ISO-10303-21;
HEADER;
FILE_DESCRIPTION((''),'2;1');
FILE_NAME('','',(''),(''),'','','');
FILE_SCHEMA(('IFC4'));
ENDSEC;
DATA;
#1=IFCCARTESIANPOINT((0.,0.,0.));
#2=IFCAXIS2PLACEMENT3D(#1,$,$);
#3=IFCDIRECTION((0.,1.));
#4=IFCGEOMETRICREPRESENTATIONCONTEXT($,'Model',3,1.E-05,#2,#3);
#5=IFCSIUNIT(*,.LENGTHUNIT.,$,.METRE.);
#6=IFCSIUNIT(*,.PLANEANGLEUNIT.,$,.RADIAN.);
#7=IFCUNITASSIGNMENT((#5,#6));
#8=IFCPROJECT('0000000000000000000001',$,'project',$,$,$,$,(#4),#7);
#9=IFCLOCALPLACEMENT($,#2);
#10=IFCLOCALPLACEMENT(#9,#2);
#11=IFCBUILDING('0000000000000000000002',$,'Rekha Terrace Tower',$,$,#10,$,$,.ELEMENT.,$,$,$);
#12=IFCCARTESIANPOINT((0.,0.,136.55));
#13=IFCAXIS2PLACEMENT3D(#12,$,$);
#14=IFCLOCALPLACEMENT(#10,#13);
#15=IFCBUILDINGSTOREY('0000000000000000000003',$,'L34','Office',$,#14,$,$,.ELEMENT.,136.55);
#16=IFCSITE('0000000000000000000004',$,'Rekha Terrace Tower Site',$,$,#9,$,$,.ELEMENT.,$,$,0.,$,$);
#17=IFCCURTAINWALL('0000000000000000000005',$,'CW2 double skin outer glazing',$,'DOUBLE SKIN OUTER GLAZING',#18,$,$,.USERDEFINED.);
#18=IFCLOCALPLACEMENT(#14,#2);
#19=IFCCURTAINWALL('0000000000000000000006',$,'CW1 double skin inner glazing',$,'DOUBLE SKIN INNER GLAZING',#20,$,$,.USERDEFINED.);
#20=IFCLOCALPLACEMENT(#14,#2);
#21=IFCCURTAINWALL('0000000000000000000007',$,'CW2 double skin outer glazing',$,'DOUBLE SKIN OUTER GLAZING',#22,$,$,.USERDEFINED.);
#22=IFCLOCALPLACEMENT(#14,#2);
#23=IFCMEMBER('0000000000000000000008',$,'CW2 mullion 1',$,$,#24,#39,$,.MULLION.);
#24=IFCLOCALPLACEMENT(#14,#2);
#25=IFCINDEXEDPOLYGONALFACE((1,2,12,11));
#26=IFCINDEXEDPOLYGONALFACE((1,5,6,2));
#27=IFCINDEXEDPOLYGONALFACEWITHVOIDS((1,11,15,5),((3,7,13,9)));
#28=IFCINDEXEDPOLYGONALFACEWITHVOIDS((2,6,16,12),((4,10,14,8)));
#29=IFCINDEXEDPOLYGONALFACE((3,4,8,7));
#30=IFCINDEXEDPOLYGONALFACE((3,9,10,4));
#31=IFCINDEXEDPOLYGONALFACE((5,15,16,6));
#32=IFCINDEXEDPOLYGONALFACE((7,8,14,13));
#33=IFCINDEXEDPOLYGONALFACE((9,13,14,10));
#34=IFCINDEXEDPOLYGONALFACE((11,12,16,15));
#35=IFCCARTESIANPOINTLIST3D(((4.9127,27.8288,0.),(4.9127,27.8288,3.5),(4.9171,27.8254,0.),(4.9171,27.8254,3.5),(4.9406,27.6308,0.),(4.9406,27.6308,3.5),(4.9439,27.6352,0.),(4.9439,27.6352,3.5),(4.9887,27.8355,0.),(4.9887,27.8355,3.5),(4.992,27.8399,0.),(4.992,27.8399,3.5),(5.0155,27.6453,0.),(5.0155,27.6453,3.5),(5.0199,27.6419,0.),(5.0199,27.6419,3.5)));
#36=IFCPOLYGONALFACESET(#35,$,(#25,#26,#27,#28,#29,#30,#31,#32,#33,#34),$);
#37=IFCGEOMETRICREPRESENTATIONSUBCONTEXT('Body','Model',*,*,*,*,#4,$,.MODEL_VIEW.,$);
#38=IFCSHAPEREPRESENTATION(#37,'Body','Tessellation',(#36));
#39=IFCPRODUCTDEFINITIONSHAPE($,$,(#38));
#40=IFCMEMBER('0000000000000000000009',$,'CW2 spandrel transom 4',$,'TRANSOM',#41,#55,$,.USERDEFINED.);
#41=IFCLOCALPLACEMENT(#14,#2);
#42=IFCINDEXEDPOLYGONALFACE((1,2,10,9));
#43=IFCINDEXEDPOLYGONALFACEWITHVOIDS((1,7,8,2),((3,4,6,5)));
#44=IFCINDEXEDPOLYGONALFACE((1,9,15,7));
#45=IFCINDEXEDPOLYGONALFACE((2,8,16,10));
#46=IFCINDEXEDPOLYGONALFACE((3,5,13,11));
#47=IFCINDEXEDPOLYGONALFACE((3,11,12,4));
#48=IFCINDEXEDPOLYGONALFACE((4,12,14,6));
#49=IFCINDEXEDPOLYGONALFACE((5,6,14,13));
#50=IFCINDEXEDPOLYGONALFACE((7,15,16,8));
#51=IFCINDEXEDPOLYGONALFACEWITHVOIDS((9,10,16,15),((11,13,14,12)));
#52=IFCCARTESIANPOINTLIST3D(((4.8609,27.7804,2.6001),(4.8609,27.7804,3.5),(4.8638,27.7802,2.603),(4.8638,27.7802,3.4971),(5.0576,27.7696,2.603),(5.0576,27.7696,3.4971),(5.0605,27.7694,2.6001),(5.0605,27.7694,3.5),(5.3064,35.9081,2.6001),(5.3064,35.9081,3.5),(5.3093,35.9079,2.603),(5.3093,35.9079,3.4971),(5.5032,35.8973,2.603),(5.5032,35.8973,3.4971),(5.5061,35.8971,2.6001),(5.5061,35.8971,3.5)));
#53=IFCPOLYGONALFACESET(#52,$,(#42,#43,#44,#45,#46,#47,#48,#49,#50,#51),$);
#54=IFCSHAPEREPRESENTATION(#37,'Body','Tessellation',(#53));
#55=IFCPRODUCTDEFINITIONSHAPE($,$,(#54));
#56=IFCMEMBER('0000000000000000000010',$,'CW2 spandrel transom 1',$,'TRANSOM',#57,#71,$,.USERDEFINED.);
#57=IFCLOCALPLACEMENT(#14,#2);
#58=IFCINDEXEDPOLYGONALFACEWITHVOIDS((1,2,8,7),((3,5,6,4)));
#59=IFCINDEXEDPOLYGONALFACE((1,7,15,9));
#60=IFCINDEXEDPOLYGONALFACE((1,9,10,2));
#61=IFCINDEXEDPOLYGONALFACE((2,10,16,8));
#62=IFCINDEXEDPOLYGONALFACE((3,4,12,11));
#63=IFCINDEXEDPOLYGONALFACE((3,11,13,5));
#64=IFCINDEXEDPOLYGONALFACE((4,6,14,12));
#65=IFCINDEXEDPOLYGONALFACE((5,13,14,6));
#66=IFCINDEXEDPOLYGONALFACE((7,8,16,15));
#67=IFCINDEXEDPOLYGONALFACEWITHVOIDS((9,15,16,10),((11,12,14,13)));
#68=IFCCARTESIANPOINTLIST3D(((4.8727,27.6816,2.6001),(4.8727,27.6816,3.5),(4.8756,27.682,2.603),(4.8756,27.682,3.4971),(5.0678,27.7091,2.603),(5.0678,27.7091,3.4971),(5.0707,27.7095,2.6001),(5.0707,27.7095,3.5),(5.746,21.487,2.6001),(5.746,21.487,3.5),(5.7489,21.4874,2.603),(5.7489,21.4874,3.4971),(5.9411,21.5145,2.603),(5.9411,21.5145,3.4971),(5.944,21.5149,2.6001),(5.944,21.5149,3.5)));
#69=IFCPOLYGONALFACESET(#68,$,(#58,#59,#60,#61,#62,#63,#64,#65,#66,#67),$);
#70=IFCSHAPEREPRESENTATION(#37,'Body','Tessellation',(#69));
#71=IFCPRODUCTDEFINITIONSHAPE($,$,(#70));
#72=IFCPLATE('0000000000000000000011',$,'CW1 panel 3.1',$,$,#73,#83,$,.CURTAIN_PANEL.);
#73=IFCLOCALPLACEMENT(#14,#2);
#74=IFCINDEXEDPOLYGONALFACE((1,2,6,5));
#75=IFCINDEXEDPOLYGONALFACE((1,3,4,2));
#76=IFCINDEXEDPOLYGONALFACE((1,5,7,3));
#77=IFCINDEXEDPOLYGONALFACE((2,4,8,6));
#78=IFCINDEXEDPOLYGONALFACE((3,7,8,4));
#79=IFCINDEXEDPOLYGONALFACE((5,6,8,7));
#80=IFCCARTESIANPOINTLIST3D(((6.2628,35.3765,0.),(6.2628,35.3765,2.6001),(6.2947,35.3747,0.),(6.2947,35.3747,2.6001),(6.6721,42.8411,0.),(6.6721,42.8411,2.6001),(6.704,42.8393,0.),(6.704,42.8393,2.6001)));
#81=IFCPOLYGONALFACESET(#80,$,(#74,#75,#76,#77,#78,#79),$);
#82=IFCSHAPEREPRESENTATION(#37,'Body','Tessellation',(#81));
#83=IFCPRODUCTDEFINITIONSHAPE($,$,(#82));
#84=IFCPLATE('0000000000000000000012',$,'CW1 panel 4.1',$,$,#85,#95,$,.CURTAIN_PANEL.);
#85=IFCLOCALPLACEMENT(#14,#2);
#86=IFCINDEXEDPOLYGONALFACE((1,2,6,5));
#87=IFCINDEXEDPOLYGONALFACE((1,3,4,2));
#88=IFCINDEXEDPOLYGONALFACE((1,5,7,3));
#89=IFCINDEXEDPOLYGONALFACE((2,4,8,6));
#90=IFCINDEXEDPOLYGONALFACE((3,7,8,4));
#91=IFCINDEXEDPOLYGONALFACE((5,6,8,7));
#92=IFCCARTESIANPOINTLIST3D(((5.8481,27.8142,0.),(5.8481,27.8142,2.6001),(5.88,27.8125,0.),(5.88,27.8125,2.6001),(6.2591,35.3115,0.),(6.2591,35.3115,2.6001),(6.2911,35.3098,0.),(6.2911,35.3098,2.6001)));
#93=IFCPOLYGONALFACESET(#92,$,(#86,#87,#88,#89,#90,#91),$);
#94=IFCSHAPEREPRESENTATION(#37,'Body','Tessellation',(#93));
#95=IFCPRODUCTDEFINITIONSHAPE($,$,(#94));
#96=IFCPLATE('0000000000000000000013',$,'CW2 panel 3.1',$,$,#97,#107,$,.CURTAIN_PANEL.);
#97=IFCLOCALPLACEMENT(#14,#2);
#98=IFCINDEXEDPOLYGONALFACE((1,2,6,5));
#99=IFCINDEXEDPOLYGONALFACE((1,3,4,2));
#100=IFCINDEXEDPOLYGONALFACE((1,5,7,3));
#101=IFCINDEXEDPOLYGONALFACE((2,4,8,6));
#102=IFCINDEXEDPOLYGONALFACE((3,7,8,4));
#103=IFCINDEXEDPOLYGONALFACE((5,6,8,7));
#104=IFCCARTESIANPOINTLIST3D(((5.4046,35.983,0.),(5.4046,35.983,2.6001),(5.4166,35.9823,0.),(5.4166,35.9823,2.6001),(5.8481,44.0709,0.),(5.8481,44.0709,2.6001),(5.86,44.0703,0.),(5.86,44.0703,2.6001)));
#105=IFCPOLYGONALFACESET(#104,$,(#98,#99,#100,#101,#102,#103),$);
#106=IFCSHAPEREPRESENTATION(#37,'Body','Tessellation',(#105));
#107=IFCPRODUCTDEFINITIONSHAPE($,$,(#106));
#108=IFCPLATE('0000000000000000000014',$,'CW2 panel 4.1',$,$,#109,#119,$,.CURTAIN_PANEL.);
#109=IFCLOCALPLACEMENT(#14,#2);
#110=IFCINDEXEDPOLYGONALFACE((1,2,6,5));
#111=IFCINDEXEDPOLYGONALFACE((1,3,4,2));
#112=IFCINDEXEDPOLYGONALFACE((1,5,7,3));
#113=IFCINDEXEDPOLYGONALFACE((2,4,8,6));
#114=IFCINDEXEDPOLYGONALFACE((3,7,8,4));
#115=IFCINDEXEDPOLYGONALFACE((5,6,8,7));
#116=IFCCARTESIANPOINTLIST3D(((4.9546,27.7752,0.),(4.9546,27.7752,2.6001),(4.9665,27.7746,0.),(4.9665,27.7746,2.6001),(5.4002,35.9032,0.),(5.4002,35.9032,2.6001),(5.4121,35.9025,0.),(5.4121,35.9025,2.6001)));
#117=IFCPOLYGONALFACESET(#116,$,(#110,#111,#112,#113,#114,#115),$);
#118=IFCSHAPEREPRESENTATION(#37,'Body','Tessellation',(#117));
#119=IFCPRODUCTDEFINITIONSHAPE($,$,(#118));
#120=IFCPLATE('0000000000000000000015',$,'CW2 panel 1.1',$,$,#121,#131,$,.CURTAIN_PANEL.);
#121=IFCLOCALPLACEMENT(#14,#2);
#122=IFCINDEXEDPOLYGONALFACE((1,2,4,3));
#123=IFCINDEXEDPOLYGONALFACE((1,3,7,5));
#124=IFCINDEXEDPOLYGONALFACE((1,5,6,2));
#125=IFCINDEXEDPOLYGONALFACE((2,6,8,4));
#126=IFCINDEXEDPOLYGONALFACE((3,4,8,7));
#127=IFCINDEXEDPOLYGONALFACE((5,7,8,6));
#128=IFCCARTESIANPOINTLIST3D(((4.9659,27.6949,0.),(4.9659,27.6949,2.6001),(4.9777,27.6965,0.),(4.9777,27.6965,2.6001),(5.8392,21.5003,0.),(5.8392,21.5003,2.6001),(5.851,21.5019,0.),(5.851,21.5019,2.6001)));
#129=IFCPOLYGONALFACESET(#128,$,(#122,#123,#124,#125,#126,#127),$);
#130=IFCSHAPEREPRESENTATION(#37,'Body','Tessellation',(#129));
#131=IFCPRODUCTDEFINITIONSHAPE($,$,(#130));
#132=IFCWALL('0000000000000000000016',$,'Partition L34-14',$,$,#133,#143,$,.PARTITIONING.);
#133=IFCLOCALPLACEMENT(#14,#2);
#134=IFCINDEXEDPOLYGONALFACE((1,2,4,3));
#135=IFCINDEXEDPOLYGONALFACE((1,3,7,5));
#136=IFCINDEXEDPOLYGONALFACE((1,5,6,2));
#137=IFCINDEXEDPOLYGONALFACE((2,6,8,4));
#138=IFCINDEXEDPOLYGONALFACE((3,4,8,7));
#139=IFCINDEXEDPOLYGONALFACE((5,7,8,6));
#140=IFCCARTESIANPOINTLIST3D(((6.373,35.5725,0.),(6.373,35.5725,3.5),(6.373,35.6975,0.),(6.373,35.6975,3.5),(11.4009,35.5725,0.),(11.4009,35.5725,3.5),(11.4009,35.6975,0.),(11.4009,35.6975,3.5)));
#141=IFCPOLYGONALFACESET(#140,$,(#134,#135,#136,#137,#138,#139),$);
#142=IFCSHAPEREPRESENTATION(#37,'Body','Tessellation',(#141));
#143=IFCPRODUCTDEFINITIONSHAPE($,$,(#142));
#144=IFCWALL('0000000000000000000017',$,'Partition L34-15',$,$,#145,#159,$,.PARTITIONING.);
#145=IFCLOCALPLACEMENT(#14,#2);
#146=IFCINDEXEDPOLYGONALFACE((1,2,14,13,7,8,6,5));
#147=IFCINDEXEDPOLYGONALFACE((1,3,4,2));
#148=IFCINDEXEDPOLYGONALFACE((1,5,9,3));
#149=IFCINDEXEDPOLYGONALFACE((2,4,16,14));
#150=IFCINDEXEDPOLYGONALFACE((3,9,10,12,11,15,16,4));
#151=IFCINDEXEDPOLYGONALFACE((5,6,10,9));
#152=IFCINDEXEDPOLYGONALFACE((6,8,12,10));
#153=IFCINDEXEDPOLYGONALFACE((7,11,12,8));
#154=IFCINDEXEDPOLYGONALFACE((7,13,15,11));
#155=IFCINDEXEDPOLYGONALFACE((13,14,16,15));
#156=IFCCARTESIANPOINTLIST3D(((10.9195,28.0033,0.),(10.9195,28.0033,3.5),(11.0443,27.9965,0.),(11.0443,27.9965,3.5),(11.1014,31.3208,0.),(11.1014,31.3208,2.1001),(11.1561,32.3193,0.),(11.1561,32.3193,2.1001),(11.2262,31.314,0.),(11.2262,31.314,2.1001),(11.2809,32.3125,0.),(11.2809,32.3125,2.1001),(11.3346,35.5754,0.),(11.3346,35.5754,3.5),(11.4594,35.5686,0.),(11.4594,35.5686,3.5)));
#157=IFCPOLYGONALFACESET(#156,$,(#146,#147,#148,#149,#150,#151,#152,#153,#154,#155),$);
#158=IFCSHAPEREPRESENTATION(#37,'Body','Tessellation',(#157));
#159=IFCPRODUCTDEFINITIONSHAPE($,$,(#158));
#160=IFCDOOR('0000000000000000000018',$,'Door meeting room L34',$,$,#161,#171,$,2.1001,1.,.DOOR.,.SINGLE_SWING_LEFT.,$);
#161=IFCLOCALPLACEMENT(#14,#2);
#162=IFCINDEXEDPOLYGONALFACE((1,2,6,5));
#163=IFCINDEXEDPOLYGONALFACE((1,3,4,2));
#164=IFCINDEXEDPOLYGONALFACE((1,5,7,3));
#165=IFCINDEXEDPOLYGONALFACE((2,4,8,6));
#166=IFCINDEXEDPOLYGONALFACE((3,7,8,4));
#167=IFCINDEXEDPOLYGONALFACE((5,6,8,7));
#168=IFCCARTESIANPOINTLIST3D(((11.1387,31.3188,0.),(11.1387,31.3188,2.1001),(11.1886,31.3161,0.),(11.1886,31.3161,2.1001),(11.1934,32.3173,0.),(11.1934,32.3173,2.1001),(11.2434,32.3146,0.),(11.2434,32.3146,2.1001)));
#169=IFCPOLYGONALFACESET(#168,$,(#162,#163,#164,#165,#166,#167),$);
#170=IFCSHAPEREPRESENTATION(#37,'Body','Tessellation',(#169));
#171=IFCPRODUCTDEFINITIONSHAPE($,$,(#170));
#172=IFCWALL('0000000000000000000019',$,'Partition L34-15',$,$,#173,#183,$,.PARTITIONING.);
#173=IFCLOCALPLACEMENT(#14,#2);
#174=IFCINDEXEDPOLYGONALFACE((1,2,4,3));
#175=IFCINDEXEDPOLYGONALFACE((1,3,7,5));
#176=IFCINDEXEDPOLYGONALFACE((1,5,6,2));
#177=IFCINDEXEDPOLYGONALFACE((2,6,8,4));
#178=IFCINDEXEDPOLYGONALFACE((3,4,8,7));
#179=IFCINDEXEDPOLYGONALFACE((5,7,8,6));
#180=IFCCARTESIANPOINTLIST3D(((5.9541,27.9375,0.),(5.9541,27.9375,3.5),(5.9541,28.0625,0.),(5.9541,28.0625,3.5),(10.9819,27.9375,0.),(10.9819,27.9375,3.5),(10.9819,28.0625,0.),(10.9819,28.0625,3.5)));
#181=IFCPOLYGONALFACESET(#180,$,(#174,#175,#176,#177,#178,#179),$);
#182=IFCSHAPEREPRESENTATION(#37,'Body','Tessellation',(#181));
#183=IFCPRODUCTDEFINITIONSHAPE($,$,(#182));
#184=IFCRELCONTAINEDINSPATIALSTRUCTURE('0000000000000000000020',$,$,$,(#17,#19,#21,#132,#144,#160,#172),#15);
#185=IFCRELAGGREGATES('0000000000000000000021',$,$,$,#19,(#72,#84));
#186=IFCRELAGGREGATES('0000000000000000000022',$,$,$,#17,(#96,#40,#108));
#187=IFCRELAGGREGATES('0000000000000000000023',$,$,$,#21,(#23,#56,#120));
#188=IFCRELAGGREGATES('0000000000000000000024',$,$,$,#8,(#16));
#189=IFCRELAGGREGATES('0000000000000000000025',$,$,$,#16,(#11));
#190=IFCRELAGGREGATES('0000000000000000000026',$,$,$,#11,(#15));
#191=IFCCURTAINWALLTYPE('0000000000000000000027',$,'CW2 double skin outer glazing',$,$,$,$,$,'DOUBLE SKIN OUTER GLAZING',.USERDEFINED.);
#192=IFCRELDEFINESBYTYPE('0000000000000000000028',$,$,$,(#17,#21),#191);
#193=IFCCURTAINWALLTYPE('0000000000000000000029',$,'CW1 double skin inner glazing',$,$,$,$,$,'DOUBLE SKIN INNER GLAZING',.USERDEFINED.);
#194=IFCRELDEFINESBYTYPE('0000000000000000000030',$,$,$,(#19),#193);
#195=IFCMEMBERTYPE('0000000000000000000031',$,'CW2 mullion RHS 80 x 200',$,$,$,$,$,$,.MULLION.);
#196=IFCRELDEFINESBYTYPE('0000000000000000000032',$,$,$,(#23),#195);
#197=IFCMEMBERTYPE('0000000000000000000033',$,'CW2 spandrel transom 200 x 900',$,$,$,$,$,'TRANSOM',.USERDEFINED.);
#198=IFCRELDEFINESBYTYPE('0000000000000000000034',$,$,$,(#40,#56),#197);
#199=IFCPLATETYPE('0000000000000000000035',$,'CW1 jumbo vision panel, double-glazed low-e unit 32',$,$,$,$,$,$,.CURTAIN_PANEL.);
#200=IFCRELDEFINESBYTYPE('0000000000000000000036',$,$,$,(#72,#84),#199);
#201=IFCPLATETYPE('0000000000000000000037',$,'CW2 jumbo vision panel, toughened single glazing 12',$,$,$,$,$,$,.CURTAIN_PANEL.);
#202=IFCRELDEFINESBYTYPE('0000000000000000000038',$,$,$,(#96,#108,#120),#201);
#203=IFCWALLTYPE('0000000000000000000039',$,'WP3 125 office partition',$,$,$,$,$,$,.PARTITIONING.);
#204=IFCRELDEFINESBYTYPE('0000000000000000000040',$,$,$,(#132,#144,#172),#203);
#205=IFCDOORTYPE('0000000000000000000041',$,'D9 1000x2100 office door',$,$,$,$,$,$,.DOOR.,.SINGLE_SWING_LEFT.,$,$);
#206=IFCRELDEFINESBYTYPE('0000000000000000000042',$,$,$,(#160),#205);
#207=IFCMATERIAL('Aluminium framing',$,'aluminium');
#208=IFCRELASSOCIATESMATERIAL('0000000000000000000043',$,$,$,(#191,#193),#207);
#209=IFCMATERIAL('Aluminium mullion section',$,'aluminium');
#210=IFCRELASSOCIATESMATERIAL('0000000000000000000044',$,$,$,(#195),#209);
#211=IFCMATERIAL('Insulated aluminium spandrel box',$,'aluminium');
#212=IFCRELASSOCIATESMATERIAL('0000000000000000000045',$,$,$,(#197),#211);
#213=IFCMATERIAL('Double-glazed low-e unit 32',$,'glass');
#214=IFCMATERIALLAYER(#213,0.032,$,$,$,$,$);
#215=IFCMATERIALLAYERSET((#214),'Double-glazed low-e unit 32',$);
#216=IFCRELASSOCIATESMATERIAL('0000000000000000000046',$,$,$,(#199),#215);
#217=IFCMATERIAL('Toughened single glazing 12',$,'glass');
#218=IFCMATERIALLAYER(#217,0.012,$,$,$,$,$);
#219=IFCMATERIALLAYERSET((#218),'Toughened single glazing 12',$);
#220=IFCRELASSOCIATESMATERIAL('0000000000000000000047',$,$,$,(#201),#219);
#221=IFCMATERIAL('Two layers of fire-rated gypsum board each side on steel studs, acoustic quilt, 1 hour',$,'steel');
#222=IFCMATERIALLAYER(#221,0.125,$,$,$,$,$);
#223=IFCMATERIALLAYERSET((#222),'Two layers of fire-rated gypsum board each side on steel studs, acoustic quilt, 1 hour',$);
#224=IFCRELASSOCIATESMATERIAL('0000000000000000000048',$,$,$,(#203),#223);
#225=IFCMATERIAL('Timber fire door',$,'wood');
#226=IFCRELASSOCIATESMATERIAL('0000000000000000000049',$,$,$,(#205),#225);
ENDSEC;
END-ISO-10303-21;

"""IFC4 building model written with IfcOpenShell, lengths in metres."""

from ifc_helpers import new_model, si_unit, direction, frame, frame_2d, origin, origin_2d, place, context, subcontext, project, spatial, rectangle, hollow_rectangle, extrude, material, layer, layer_set, material_profile, profile_set, type_object, element, fill, aggregate, save


model = new_model("IFC4")

# Units and contexts
model_context = context("Model", 3, precision=1e-05, world=origin(), true_north=direction((0.0, 1.0)))
body_context = subcontext(model_context, "Body", "Model", "MODEL_VIEW")
ifc_project = project(units=[si_unit("LENGTHUNIT", "METRE"), si_unit("PLANEANGLEUNIT", "RADIAN")], contexts=[model_context])

# Site, building, storey
site_placement = place(None, origin())
site = spatial("IfcSite", under=ifc_project, at=site_placement, Name="Rekha Terrace Tower Site", CompositionType="ELEMENT", RefElevation=0.0)
building_placement = place(site_placement, origin())
building = spatial("IfcBuilding", under=site, at=building_placement, Name="Rekha Terrace Tower", CompositionType="ELEMENT")
storey_placement = place(building_placement, frame((0.0, 0.0, 136.55)))
storey = spatial("IfcBuildingStorey", under=building, at=storey_placement, Name="L34", Description="Office", CompositionType="ELEMENT", Elevation=136.55)

# Curtain walls
ifc_material_1 = material(Name="Aluminium framing", Category="aluminium")
curtain_wall_type_1 = type_object("IfcCurtainWallType", Name="CW2 double skin outer glazing", ElementType="DOUBLE SKIN OUTER GLAZING", PredefinedType="USERDEFINED", material=ifc_material_1)
curtain_wall_1_placement = place(storey_placement, origin())
curtain_wall_1 = element("IfcCurtainWall", 1, at=curtain_wall_1_placement, inside=storey, type_object=curtain_wall_type_1, Name="CW2 double skin outer glazing", ObjectType="DOUBLE SKIN OUTER GLAZING", PredefinedType="USERDEFINED")
curtain_wall_type_2 = type_object("IfcCurtainWallType", Name="CW1 double skin inner glazing", ElementType="DOUBLE SKIN INNER GLAZING", PredefinedType="USERDEFINED", material=ifc_material_1)
curtain_wall_2_placement = place(storey_placement, origin())
curtain_wall_2 = element("IfcCurtainWall", 2, at=curtain_wall_2_placement, inside=storey, type_object=curtain_wall_type_2, Name="CW1 double skin inner glazing", ObjectType="DOUBLE SKIN INNER GLAZING", PredefinedType="USERDEFINED")
ifc_material_2 = material(Name="Aluminium mullion section", Category="aluminium")

# Shared definitions
ifc_material_3 = material(Name="Insulated aluminium spandrel box", Category="aluminium")
ifc_material_profile_1 = material_profile(ifc_material_2, hollow_rectangle(XDim=0.0801, YDim=0.2, WallThickness=0.0039, at=origin_2d()), Name="AL RHS 80x200")
ifc_profile_set_1 = profile_set([ifc_material_profile_1], Name="Aluminium mullion section")
member_type_1 = type_object("IfcMemberType", Name="CW2 mullion RHS 80 x 200", PredefinedType="MULLION", material=ifc_profile_set_1)

# Curtain wall, member
curtain_wall_3_placement = place(storey_placement, origin())
curtain_wall_3 = element("IfcCurtainWall", 3, at=curtain_wall_3_placement, inside=storey, type_object=curtain_wall_type_1, Name="CW2 double skin outer glazing", ObjectType="DOUBLE SKIN OUTER GLAZING", PredefinedType="USERDEFINED")
member_1_placement = place(storey_placement, frame((4.9663, 27.7354, 0.0), z_axis=(0.0, 0.0, 1.0), x_axis=(0.990208, 0.139597, 0.0)))
member_1 = element("IfcMember", 4, at=member_1_placement, type_object=member_type_1, Name="CW2 mullion 1", PredefinedType="MULLION", context=body_context, shape_type="SweptSolid", body=[
    extrude(hollow_rectangle(XDim=0.0801, YDim=0.2, WallThickness=0.0039, at=origin_2d()), origin(), (0.0, 0.0, 1.0), 3.5),
])

# Members
ifc_material_profile_2 = material_profile(ifc_material_3, hollow_rectangle(XDim=0.2, YDim=0.8999, WallThickness=0.0029, at=origin_2d()), Name="AL SPANDREL BOX 200x900")
ifc_profile_set_2 = profile_set([ifc_material_profile_2], Name="Insulated aluminium spandrel box")
member_type_2 = type_object("IfcMemberType", Name="CW2 spandrel transom 200 x 900", ElementType="TRANSOM", PredefinedType="USERDEFINED", material=ifc_profile_set_2)
member_2_placement = place(storey_placement, frame((5.4062, 35.9026, 3.05), z_axis=(-0.054737, -0.998501, 0.0), x_axis=(0.998501, -0.054737, 0.0)))
member_2 = element("IfcMember", 5, at=member_2_placement, type_object=member_type_2, Name="CW2 spandrel transom 4", ObjectType="TRANSOM", PredefinedType="USERDEFINED", context=body_context, shape_type="SweptSolid", body=[
    extrude(hollow_rectangle(XDim=0.2, YDim=0.8999, WallThickness=0.0029, at=origin_2d()), origin(), (0.0, 0.0, 1.0), 8.1399),
])
member_3_placement = place(storey_placement, frame((4.9717, 27.6956, 3.05), z_axis=(0.139596, -0.990209, 0.0), x_axis=(0.990209, 0.139596, 0.0)))
member_3 = element("IfcMember", 6, at=member_3_placement, type_object=member_type_2, Name="CW2 spandrel transom 1", ObjectType="TRANSOM", PredefinedType="USERDEFINED", context=body_context, shape_type="SweptSolid", body=[
    extrude(hollow_rectangle(XDim=0.2, YDim=0.8999, WallThickness=0.0029, at=origin_2d()), origin(), (0.0, 0.0, 1.0), 6.2559),
])

# Plates
ifc_material_4 = material(Name="Double-glazed low-e unit 32", Category="glass")
ifc_layer_1 = layer(ifc_material_4, 0.032)
ifc_layer_set_1 = layer_set([ifc_layer_1], Name="Double-glazed low-e unit 32")
plate_type_1 = type_object("IfcPlateType", Name="CW1 jumbo vision panel, double-glazed low-e unit 32", PredefinedType="CURTAIN_PANEL", material=ifc_layer_set_1)
plate_1_placement = place(storey_placement, frame((6.4834, 39.1079, 0.0), z_axis=(0.0, 0.0, 1.0), x_axis=(-0.054742, -0.998501, 0.0)))
plate_1 = element("IfcPlate", 7, at=plate_1_placement, type_object=plate_type_1, Name="CW1 panel 3.1", PredefinedType="CURTAIN_PANEL", context=body_context, shape_type="SweptSolid", body=[
    extrude(rectangle(XDim=7.4758, YDim=0.032, at=origin_2d()), origin(), (0.0, 0.0, 1.0), 2.6001),
])
plate_2_placement = place(storey_placement, frame((6.0696, 31.562, 0.0), z_axis=(0.0, 0.0, 1.0), x_axis=(-0.054742, -0.998501, 0.0)))
plate_2 = element("IfcPlate", 8, at=plate_2_placement, type_object=plate_type_1, Name="CW1 panel 4.1", PredefinedType="CURTAIN_PANEL", context=body_context, shape_type="SweptSolid", body=[
    extrude(rectangle(XDim=7.5085, YDim=0.032, at=origin_2d()), origin(), (0.0, 0.0, 1.0), 2.6001),
])
aggregate(curtain_wall_2, [plate_1, plate_2])
ifc_material_5 = material(Name="Toughened single glazing 12", Category="glass")
ifc_layer_2 = layer(ifc_material_5, 0.012)
ifc_layer_set_2 = layer_set([ifc_layer_2], Name="Toughened single glazing 12")
plate_type_2 = type_object("IfcPlateType", Name="CW2 jumbo vision panel, toughened single glazing 12", PredefinedType="CURTAIN_PANEL", material=ifc_layer_set_2)
plate_3_placement = place(storey_placement, frame((5.6323, 40.0266, 0.0), z_axis=(0.0, 0.0, 1.0), x_axis=(-0.054742, -0.998501, 0.0)))
plate_3 = element("IfcPlate", 9, at=plate_3_placement, type_object=plate_type_2, Name="CW2 panel 3.1", PredefinedType="CURTAIN_PANEL", context=body_context, shape_type="SweptSolid", body=[
    extrude(rectangle(XDim=8.1001, YDim=0.012, at=origin_2d()), origin(), (0.0, 0.0, 1.0), 2.6001),
])
plate_4_placement = place(storey_placement, frame((5.1833, 31.8389, 0.0), z_axis=(0.0, 0.0, 1.0), x_axis=(-0.054742, -0.998501, 0.0)))
plate_4 = element("IfcPlate", 10, at=plate_4_placement, type_object=plate_type_2, Name="CW2 panel 4.1", PredefinedType="CURTAIN_PANEL", context=body_context, shape_type="SweptSolid", body=[
    extrude(rectangle(XDim=8.1401, YDim=0.012, at=origin_2d()), origin(), (0.0, 0.0, 1.0), 2.6001),
])
aggregate(curtain_wall_1, [plate_3, member_2, plate_4])
plate_5_placement = place(storey_placement, frame((5.4084, 24.5984, 0.0), z_axis=(0.0, 0.0, 1.0), x_axis=(0.139597, -0.990208, 0.0)))
plate_5 = element("IfcPlate", 11, at=plate_5_placement, type_object=plate_type_2, Name="CW2 panel 1.1", PredefinedType="CURTAIN_PANEL", context=body_context, shape_type="SweptSolid", body=[
    extrude(rectangle(XDim=6.2559, YDim=0.012, at=origin_2d()), origin(), (0.0, 0.0, 1.0), 2.6001),
])
aggregate(curtain_wall_3, [member_1, member_3, plate_5])

# Wall
ifc_material_6 = material(Name="Two layers of fire-rated gypsum board each side on steel studs, acoustic quilt, 1 hour", Category="steel")
ifc_layer_3 = layer(ifc_material_6, 0.125)
ifc_layer_set_3 = layer_set([ifc_layer_3], Name="Two layers of fire-rated gypsum board each side on steel studs, acoustic quilt, 1 hour")
wall_type = type_object("IfcWallType", Name="WP3 125 office partition", PredefinedType="PARTITIONING", material=ifc_layer_set_3)
wall_1_placement = place(storey_placement, frame((11.4009, 35.635, 0.0), z_axis=(0.0, 0.0, 1.0), x_axis=(-1.0, 0.0, 0.0)))
element("IfcWall", 12, at=wall_1_placement, inside=storey, type_object=wall_type, Name="Partition L34-14", PredefinedType="PARTITIONING", context=body_context, shape_type="SweptSolid", body=[
    extrude(rectangle(XDim=5.0278, YDim=0.125, at=frame_2d((2.5139, 0.0))), origin(), (0.0, 0.0, 1.0), 3.5),
])

# Wall, opening, door
wall_2_placement = place(storey_placement, frame((11.397, 35.572, 0.0), z_axis=(0.0, 0.0, 1.0), x_axis=(-0.05473, -0.998501, 0.0)))
wall_2 = element("IfcWall", 13, at=wall_2_placement, inside=storey, type_object=wall_type, Name="Partition L34-15", PredefinedType="PARTITIONING", context=body_context, shape_type="SweptSolid", body=[
    extrude(rectangle(XDim=7.5835, YDim=0.125, at=frame_2d((3.7917, 0.0))), origin(), (0.0, 0.0, 1.0), 3.5),
])
opening_1_placement = place(wall_2_placement, frame((3.261, 0.0, 0.0)))
opening_1 = element("IfcOpeningElement", 14, at=opening_1_placement, cuts=wall_2, PredefinedType="OPENING", context=body_context, shape_type="SweptSolid", body=[
    extrude(rectangle(XDim=1.0, YDim=2.1001, at=frame_2d((0.5, 1.05))), frame((0.0, 0.0725, 0.0), z_axis=(0.0, -1.0, 0.0), x_axis=(1.0, 0.0, 0.0)), (0.0, 0.0, 1.0), 0.145),
])
ifc_material_7 = material(Name="Timber fire door", Category="wood")
door_type_1 = type_object("IfcDoorType", Name="D9 1000x2100 office door", OperationType="SINGLE_SWING_LEFT", PredefinedType="DOOR", material=ifc_material_7)
door_1_placement = place(opening_1_placement, origin())
door_1 = element("IfcDoor", 15, at=door_1_placement, inside=storey, type_object=door_type_1, Name="Door meeting room L34", OperationType="SINGLE_SWING_LEFT", OverallHeight=2.1001, OverallWidth=1.0, PredefinedType="DOOR", context=body_context, shape_type="SweptSolid", body=[
    extrude(rectangle(XDim=1.0, YDim=2.1001, at=frame_2d((0.5, 1.05))), frame((0.0, 0.0249, 0.0), z_axis=(0.0, -1.0, 0.0), x_axis=(1.0, 0.0, 0.0)), (0.0, 0.0, 1.0), 0.05),
])
fill(opening_1, door_1)

# Wall
wall_3_placement = place(storey_placement, frame((10.9819, 28.0, 0.0), z_axis=(0.0, 0.0, 1.0), x_axis=(-1.0, 0.0, 0.0)))
element("IfcWall", 16, at=wall_3_placement, inside=storey, type_object=wall_type, Name="Partition L34-15", PredefinedType="PARTITIONING", context=body_context, shape_type="SweptSolid", body=[
    extrude(rectangle(XDim=5.0278, YDim=0.125, at=frame_2d((2.5139, 0.0))), origin(), (0.0, 0.0, 1.0), 3.5),
])

save(model, "model.ifc")
